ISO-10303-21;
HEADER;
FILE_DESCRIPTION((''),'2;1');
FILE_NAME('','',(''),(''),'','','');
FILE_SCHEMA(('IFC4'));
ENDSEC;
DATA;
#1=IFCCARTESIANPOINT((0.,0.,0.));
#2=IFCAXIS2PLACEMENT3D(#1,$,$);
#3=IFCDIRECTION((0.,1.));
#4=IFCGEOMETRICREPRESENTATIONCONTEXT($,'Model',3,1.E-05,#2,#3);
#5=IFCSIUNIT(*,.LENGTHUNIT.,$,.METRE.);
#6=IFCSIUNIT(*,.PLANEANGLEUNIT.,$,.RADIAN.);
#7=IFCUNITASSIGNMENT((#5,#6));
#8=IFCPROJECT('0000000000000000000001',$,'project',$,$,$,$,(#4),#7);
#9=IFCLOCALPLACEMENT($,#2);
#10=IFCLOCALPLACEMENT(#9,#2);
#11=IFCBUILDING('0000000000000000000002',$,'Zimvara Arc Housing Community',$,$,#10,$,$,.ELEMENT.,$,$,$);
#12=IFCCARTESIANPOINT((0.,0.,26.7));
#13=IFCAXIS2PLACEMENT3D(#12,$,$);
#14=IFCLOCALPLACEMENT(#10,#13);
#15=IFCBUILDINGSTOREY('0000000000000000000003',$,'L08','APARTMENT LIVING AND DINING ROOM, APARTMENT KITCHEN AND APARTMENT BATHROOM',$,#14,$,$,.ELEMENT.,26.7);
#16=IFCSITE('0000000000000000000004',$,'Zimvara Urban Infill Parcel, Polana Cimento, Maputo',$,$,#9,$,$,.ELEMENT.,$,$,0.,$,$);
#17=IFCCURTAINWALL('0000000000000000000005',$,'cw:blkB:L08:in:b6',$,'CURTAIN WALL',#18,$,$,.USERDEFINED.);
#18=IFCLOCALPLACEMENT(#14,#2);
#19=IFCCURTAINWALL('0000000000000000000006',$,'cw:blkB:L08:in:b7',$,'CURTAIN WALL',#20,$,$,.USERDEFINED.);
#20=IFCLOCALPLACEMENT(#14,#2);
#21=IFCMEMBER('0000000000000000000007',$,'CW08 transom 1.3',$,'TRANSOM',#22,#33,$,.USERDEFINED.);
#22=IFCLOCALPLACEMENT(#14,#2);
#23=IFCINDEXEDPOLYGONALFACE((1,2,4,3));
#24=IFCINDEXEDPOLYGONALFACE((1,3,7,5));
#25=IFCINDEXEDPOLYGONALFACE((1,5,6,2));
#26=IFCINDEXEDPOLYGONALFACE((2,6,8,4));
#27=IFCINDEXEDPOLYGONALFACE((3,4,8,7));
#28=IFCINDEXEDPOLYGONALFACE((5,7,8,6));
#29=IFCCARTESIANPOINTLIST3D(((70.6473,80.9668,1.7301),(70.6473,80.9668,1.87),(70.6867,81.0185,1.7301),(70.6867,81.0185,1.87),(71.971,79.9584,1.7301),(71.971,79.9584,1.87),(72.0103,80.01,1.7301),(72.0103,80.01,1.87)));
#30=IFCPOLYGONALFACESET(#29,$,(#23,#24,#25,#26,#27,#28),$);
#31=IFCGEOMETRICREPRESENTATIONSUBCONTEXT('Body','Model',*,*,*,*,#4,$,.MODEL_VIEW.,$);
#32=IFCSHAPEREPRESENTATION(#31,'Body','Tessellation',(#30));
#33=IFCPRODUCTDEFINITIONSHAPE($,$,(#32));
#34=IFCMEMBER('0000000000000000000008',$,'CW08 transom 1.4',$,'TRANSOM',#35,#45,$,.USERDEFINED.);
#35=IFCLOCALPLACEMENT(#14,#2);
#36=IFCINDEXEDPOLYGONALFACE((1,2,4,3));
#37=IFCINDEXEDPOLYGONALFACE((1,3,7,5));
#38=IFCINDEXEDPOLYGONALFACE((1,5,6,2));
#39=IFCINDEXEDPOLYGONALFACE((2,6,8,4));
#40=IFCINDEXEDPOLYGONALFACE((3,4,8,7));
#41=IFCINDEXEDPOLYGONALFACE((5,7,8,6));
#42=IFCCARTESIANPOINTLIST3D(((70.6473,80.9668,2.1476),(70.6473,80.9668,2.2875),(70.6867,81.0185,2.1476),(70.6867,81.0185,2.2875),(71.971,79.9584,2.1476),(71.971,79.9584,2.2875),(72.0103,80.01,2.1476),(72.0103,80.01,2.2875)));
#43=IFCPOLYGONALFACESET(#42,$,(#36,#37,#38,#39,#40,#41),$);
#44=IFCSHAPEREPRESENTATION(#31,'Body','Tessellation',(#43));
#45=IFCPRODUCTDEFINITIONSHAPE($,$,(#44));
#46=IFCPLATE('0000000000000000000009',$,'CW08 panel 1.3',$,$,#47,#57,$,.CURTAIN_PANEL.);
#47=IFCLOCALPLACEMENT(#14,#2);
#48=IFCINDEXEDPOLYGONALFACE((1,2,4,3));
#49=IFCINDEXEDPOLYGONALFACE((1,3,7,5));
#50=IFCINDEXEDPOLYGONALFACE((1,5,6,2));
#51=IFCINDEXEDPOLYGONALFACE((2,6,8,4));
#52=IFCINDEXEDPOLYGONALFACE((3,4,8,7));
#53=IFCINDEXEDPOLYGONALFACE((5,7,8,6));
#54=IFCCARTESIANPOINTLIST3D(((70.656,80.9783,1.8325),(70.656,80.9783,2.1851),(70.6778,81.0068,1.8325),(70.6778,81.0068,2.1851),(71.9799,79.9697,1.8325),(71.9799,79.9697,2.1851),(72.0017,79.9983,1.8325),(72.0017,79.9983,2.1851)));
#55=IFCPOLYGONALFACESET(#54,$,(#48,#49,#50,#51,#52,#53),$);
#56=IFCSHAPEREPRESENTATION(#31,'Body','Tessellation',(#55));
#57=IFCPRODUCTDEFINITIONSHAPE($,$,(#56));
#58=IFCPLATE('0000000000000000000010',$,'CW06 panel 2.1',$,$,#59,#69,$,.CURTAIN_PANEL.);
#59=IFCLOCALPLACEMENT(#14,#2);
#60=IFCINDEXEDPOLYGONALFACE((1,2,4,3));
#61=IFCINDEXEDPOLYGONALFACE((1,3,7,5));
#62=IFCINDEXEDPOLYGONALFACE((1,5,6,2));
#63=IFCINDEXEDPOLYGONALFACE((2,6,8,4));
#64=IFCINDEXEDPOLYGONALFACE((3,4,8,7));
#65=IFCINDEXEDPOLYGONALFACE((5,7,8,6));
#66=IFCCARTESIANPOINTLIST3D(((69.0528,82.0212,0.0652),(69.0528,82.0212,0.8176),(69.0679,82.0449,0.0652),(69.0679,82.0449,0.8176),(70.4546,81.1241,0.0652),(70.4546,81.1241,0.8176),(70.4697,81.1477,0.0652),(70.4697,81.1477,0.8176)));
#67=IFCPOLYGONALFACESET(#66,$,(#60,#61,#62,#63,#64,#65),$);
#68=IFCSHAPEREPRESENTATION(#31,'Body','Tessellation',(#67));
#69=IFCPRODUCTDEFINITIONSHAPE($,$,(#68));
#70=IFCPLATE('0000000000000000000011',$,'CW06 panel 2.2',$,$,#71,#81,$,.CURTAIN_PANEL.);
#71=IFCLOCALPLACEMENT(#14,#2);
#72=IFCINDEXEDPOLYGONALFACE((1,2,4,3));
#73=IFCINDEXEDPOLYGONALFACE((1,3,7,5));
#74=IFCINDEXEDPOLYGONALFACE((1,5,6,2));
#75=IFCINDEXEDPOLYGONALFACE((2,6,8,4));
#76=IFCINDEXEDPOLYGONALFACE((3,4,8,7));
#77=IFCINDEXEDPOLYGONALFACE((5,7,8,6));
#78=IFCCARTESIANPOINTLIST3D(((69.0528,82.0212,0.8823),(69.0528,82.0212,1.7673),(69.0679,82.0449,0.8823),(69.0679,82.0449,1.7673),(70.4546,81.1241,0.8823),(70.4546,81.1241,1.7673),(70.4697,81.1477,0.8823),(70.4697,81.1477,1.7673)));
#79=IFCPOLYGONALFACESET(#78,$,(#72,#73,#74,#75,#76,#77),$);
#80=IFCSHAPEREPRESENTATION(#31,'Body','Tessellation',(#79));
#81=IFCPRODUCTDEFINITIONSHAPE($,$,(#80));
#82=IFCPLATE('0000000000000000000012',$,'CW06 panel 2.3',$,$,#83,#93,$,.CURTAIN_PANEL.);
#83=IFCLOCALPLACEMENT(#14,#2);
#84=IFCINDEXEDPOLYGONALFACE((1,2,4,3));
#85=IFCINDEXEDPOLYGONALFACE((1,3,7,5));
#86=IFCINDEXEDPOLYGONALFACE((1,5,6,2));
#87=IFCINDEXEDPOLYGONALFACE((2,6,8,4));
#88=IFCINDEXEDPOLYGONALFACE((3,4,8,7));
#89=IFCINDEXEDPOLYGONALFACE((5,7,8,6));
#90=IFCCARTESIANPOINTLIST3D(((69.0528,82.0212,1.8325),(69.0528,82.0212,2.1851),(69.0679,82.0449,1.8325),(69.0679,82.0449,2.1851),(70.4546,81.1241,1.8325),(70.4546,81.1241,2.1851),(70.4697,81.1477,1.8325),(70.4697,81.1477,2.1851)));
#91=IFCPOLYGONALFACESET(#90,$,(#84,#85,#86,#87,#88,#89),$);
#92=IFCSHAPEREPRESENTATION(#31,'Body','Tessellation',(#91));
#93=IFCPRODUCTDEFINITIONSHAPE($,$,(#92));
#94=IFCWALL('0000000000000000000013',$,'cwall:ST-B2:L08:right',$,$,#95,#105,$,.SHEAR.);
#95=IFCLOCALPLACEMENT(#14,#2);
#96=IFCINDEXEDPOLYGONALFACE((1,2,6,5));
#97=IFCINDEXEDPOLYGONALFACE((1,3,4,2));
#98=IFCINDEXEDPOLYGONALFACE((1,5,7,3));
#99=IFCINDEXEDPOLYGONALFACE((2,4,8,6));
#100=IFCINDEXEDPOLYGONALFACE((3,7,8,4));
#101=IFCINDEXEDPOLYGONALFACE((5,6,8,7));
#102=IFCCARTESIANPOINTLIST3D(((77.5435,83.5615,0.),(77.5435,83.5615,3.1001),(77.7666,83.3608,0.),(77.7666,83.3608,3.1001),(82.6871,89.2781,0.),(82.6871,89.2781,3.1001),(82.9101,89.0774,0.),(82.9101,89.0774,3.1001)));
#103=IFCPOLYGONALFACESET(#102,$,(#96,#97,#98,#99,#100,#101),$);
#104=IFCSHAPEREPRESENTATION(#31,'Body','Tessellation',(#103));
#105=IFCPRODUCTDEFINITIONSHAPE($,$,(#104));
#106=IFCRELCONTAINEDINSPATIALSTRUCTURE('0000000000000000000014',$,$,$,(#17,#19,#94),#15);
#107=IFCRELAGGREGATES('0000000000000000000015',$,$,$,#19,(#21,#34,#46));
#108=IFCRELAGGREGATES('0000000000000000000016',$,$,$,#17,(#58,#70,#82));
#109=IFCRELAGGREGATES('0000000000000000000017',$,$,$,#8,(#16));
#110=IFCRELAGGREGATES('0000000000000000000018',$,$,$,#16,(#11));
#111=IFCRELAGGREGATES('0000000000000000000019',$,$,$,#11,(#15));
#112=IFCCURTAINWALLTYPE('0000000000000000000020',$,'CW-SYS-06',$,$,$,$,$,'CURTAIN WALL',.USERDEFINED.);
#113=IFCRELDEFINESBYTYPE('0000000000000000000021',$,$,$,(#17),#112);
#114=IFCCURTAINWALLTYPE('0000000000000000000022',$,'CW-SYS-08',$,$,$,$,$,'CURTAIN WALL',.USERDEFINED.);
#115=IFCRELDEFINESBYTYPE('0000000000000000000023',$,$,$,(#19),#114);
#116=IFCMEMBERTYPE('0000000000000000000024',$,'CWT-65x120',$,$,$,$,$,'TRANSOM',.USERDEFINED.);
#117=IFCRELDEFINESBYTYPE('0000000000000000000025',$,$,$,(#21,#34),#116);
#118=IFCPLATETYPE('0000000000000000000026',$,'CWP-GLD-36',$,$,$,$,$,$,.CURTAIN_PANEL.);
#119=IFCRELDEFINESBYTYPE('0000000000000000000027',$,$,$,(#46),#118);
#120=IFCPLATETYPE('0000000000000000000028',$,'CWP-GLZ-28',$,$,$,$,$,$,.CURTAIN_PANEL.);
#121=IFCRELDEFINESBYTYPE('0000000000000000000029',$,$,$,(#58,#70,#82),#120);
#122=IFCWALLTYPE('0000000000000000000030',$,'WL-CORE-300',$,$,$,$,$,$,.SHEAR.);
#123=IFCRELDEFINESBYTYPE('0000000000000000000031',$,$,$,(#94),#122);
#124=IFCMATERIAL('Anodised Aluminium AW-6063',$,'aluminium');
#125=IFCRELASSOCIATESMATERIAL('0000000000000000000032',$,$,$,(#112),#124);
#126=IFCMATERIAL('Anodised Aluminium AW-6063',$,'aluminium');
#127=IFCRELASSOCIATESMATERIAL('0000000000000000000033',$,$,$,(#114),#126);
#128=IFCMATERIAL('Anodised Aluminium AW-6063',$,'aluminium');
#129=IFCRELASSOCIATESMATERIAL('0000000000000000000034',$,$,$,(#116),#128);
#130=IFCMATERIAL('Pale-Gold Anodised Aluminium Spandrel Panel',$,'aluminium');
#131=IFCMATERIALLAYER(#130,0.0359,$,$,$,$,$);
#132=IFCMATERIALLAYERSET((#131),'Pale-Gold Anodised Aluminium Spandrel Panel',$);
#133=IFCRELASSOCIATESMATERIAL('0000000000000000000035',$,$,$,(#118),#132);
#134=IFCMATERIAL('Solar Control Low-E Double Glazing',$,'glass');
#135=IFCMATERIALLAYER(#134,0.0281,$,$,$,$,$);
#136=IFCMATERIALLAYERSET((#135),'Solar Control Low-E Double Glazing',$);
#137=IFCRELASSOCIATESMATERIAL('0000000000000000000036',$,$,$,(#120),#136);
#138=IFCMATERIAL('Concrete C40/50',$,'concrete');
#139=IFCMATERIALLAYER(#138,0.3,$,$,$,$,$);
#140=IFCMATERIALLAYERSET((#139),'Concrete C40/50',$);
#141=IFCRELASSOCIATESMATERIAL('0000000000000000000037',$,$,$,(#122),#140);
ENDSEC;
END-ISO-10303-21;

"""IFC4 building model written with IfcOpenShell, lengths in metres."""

from ifc_helpers import new_model, si_unit, direction, frame, frame_2d, origin, origin_2d, place, context, subcontext, project, spatial, rectangle, extrude, material, layer, layer_set, material_profile, profile_set, type_object, element, aggregate, save


model = new_model("IFC4")

# Units and contexts
model_context = context("Model", 3, precision=1e-05, world=origin(), true_north=direction((0.0, 1.0)))
body_context = subcontext(model_context, "Body", "Model", "MODEL_VIEW")
ifc_project = project(units=[si_unit("LENGTHUNIT", "METRE"), si_unit("PLANEANGLEUNIT", "RADIAN")], contexts=[model_context])

# Site, building, storey
site_placement = place(None, origin())
site = spatial("IfcSite", under=ifc_project, at=site_placement, Name="Zimvara Urban Infill Parcel, Polana Cimento, Maputo", CompositionType="ELEMENT", RefElevation=0.0)
building_placement = place(site_placement, origin())
building = spatial("IfcBuilding", under=site, at=building_placement, Name="Zimvara Arc Housing Community", CompositionType="ELEMENT")
storey_placement = place(building_placement, frame((0.0, 0.0, 26.7)))
storey = spatial("IfcBuildingStorey", under=building, at=storey_placement, Name="L08", Description="APARTMENT LIVING AND DINING ROOM, APARTMENT KITCHEN AND APARTMENT BATHROOM", CompositionType="ELEMENT", Elevation=26.7)

# Curtain walls
ifc_material_1 = material(Name="Anodised Aluminium AW-6063", Category="aluminium")
curtain_wall_type_1 = type_object("IfcCurtainWallType", Name="CW-SYS-06", ElementType="CURTAIN WALL", PredefinedType="USERDEFINED", material=ifc_material_1)
curtain_wall_1_placement = place(storey_placement, origin())
curtain_wall_1 = element("IfcCurtainWall", 1, at=curtain_wall_1_placement, inside=storey, type_object=curtain_wall_type_1, Name="cw:blkB:L08:in:b6", ObjectType="CURTAIN WALL", PredefinedType="USERDEFINED")
ifc_material_2 = material(Name="Anodised Aluminium AW-6063", Category="aluminium")
curtain_wall_type_2 = type_object("IfcCurtainWallType", Name="CW-SYS-08", ElementType="CURTAIN WALL", PredefinedType="USERDEFINED", material=ifc_material_2)
curtain_wall_2_placement = place(storey_placement, origin())
curtain_wall_2 = element("IfcCurtainWall", 2, at=curtain_wall_2_placement, inside=storey, type_object=curtain_wall_type_2, Name="cw:blkB:L08:in:b7", ObjectType="CURTAIN WALL", PredefinedType="USERDEFINED")

# Members
ifc_material_3 = material(Name="Anodised Aluminium AW-6063", Category="aluminium")
ifc_material_profile_1 = material_profile(ifc_material_3, rectangle(XDim=0.0649, YDim=0.1399, at=origin_2d()), Name="ALU 65x140")
ifc_profile_set_1 = profile_set([ifc_material_profile_1], Name="Anodised Aluminium AW-6063")
member_type_1 = type_object("IfcMemberType", Name="CWT-65x120", ElementType="TRANSOM", PredefinedType="USERDEFINED", material=ifc_profile_set_1)
member_1_placement = place(storey_placement, frame((70.667, 80.9927, 1.8), z_axis=(0.795435, -0.606039, 0.0), x_axis=(0.606039, 0.795435, 0.0)))
member_1 = element("IfcMember", 3, at=member_1_placement, type_object=member_type_1, Name="CW08 transom 1.3", ObjectType="TRANSOM", PredefinedType="USERDEFINED", context=body_context, shape_type="SweptSolid", body=[
    extrude(rectangle(XDim=0.0649, YDim=0.1399, at=origin_2d()), origin(), (0.0, 0.0, 1.0), 1.6641),
])
member_2_placement = place(storey_placement, frame((70.667, 80.9927, 2.2175), z_axis=(0.795435, -0.606039, 0.0), x_axis=(0.606039, 0.795435, 0.0)))
member_2 = element("IfcMember", 4, at=member_2_placement, type_object=member_type_1, Name="CW08 transom 1.4", ObjectType="TRANSOM", PredefinedType="USERDEFINED", context=body_context, shape_type="SweptSolid", body=[
    extrude(rectangle(XDim=0.0649, YDim=0.1399, at=origin_2d()), origin(), (0.0, 0.0, 1.0), 1.6641),
])

# Plates
ifc_material_4 = material(Name="Pale-Gold Anodised Aluminium Spandrel Panel", Category="aluminium")
ifc_layer_1 = layer(ifc_material_4, 0.0359)
ifc_layer_set_1 = layer_set([ifc_layer_1], Name="Pale-Gold Anodised Aluminium Spandrel Panel")
plate_type_1 = type_object("IfcPlateType", Name="CWP-GLD-36", PredefinedType="CURTAIN_PANEL", material=ifc_layer_set_1)
plate_1_placement = place(storey_placement, frame((71.3289, 80.4883, 1.8325), z_axis=(0.0, 0.0, 1.0), x_axis=(0.795474, -0.605988, 0.0)))
plate_1 = element("IfcPlate", 5, at=plate_1_placement, type_object=plate_type_1, Name="CW08 panel 1.3", PredefinedType="CURTAIN_PANEL", context=body_context, shape_type="SweptSolid", body=[
    extrude(rectangle(XDim=1.6643, YDim=0.0359, at=origin_2d()), origin(), (0.0, 0.0, 1.0), 0.3525),
])
aggregate(curtain_wall_2, [member_1, member_2, plate_1])
ifc_material_5 = material(Name="Solar Control Low-E Double Glazing", Category="glass")
ifc_layer_2 = layer(ifc_material_5, 0.0281)
ifc_layer_set_2 = layer_set([ifc_layer_2], Name="Solar Control Low-E Double Glazing")
plate_type_2 = type_object("IfcPlateType", Name="CWP-GLZ-28", PredefinedType="CURTAIN_PANEL", material=ifc_layer_set_2)
plate_2_placement = place(storey_placement, frame((69.7612, 81.5845, 0.0652), z_axis=(0.0, 0.0, 1.0), x_axis=(0.842265, -0.539064, 0.0)))
plate_2 = element("IfcPlate", 6, at=plate_2_placement, type_object=plate_type_2, Name="CW06 panel 2.1", PredefinedType="CURTAIN_PANEL", context=body_context, shape_type="SweptSolid", body=[
    extrude(rectangle(XDim=1.6643, YDim=0.0281, at=origin_2d()), origin(), (0.0, 0.0, 1.0), 0.7524),
])
plate_3_placement = place(storey_placement, frame((69.7612, 81.5845, 0.8823), z_axis=(0.0, 0.0, 1.0), x_axis=(0.842265, -0.539064, 0.0)))
plate_3 = element("IfcPlate", 7, at=plate_3_placement, type_object=plate_type_2, Name="CW06 panel 2.2", PredefinedType="CURTAIN_PANEL", context=body_context, shape_type="SweptSolid", body=[
    extrude(rectangle(XDim=1.6643, YDim=0.0281, at=origin_2d()), origin(), (0.0, 0.0, 1.0), 0.885),
])
plate_4_placement = place(storey_placement, frame((69.7612, 81.5845, 1.8325), z_axis=(0.0, 0.0, 1.0), x_axis=(0.842265, -0.539064, 0.0)))
plate_4 = element("IfcPlate", 8, at=plate_4_placement, type_object=plate_type_2, Name="CW06 panel 2.3", PredefinedType="CURTAIN_PANEL", context=body_context, shape_type="SweptSolid", body=[
    extrude(rectangle(XDim=1.6643, YDim=0.0281, at=origin_2d()), origin(), (0.0, 0.0, 1.0), 0.3525),
])
aggregate(curtain_wall_1, [plate_2, plate_3, plate_4])

# Wall
ifc_material_6 = material(Name="Concrete C40/50", Category="concrete")
ifc_layer_3 = layer(ifc_material_6, 0.3)
ifc_layer_set_3 = layer_set([ifc_layer_3], Name="Concrete C40/50")
wall_type_1 = type_object("IfcWallType", Name="WL-CORE-300", PredefinedType="SHEAR", material=ifc_layer_set_3)
wall_1_placement = place(storey_placement, frame((77.655, 83.4612, 0.0), z_axis=(0.0, 0.0, 1.0), x_axis=(0.668868, 0.743381, 0.0)))
element("IfcWall", 9, at=wall_1_placement, inside=storey, type_object=wall_type_1, Name="cwall:ST-B2:L08:right", PredefinedType="SHEAR", context=body_context, shape_type="SweptSolid", body=[
    extrude(rectangle(XDim=7.6899, YDim=0.3, at=frame_2d((3.845, 0.0))), origin(), (0.0, 0.0, 1.0), 3.1001),
])

save(model, "model.ifc")
